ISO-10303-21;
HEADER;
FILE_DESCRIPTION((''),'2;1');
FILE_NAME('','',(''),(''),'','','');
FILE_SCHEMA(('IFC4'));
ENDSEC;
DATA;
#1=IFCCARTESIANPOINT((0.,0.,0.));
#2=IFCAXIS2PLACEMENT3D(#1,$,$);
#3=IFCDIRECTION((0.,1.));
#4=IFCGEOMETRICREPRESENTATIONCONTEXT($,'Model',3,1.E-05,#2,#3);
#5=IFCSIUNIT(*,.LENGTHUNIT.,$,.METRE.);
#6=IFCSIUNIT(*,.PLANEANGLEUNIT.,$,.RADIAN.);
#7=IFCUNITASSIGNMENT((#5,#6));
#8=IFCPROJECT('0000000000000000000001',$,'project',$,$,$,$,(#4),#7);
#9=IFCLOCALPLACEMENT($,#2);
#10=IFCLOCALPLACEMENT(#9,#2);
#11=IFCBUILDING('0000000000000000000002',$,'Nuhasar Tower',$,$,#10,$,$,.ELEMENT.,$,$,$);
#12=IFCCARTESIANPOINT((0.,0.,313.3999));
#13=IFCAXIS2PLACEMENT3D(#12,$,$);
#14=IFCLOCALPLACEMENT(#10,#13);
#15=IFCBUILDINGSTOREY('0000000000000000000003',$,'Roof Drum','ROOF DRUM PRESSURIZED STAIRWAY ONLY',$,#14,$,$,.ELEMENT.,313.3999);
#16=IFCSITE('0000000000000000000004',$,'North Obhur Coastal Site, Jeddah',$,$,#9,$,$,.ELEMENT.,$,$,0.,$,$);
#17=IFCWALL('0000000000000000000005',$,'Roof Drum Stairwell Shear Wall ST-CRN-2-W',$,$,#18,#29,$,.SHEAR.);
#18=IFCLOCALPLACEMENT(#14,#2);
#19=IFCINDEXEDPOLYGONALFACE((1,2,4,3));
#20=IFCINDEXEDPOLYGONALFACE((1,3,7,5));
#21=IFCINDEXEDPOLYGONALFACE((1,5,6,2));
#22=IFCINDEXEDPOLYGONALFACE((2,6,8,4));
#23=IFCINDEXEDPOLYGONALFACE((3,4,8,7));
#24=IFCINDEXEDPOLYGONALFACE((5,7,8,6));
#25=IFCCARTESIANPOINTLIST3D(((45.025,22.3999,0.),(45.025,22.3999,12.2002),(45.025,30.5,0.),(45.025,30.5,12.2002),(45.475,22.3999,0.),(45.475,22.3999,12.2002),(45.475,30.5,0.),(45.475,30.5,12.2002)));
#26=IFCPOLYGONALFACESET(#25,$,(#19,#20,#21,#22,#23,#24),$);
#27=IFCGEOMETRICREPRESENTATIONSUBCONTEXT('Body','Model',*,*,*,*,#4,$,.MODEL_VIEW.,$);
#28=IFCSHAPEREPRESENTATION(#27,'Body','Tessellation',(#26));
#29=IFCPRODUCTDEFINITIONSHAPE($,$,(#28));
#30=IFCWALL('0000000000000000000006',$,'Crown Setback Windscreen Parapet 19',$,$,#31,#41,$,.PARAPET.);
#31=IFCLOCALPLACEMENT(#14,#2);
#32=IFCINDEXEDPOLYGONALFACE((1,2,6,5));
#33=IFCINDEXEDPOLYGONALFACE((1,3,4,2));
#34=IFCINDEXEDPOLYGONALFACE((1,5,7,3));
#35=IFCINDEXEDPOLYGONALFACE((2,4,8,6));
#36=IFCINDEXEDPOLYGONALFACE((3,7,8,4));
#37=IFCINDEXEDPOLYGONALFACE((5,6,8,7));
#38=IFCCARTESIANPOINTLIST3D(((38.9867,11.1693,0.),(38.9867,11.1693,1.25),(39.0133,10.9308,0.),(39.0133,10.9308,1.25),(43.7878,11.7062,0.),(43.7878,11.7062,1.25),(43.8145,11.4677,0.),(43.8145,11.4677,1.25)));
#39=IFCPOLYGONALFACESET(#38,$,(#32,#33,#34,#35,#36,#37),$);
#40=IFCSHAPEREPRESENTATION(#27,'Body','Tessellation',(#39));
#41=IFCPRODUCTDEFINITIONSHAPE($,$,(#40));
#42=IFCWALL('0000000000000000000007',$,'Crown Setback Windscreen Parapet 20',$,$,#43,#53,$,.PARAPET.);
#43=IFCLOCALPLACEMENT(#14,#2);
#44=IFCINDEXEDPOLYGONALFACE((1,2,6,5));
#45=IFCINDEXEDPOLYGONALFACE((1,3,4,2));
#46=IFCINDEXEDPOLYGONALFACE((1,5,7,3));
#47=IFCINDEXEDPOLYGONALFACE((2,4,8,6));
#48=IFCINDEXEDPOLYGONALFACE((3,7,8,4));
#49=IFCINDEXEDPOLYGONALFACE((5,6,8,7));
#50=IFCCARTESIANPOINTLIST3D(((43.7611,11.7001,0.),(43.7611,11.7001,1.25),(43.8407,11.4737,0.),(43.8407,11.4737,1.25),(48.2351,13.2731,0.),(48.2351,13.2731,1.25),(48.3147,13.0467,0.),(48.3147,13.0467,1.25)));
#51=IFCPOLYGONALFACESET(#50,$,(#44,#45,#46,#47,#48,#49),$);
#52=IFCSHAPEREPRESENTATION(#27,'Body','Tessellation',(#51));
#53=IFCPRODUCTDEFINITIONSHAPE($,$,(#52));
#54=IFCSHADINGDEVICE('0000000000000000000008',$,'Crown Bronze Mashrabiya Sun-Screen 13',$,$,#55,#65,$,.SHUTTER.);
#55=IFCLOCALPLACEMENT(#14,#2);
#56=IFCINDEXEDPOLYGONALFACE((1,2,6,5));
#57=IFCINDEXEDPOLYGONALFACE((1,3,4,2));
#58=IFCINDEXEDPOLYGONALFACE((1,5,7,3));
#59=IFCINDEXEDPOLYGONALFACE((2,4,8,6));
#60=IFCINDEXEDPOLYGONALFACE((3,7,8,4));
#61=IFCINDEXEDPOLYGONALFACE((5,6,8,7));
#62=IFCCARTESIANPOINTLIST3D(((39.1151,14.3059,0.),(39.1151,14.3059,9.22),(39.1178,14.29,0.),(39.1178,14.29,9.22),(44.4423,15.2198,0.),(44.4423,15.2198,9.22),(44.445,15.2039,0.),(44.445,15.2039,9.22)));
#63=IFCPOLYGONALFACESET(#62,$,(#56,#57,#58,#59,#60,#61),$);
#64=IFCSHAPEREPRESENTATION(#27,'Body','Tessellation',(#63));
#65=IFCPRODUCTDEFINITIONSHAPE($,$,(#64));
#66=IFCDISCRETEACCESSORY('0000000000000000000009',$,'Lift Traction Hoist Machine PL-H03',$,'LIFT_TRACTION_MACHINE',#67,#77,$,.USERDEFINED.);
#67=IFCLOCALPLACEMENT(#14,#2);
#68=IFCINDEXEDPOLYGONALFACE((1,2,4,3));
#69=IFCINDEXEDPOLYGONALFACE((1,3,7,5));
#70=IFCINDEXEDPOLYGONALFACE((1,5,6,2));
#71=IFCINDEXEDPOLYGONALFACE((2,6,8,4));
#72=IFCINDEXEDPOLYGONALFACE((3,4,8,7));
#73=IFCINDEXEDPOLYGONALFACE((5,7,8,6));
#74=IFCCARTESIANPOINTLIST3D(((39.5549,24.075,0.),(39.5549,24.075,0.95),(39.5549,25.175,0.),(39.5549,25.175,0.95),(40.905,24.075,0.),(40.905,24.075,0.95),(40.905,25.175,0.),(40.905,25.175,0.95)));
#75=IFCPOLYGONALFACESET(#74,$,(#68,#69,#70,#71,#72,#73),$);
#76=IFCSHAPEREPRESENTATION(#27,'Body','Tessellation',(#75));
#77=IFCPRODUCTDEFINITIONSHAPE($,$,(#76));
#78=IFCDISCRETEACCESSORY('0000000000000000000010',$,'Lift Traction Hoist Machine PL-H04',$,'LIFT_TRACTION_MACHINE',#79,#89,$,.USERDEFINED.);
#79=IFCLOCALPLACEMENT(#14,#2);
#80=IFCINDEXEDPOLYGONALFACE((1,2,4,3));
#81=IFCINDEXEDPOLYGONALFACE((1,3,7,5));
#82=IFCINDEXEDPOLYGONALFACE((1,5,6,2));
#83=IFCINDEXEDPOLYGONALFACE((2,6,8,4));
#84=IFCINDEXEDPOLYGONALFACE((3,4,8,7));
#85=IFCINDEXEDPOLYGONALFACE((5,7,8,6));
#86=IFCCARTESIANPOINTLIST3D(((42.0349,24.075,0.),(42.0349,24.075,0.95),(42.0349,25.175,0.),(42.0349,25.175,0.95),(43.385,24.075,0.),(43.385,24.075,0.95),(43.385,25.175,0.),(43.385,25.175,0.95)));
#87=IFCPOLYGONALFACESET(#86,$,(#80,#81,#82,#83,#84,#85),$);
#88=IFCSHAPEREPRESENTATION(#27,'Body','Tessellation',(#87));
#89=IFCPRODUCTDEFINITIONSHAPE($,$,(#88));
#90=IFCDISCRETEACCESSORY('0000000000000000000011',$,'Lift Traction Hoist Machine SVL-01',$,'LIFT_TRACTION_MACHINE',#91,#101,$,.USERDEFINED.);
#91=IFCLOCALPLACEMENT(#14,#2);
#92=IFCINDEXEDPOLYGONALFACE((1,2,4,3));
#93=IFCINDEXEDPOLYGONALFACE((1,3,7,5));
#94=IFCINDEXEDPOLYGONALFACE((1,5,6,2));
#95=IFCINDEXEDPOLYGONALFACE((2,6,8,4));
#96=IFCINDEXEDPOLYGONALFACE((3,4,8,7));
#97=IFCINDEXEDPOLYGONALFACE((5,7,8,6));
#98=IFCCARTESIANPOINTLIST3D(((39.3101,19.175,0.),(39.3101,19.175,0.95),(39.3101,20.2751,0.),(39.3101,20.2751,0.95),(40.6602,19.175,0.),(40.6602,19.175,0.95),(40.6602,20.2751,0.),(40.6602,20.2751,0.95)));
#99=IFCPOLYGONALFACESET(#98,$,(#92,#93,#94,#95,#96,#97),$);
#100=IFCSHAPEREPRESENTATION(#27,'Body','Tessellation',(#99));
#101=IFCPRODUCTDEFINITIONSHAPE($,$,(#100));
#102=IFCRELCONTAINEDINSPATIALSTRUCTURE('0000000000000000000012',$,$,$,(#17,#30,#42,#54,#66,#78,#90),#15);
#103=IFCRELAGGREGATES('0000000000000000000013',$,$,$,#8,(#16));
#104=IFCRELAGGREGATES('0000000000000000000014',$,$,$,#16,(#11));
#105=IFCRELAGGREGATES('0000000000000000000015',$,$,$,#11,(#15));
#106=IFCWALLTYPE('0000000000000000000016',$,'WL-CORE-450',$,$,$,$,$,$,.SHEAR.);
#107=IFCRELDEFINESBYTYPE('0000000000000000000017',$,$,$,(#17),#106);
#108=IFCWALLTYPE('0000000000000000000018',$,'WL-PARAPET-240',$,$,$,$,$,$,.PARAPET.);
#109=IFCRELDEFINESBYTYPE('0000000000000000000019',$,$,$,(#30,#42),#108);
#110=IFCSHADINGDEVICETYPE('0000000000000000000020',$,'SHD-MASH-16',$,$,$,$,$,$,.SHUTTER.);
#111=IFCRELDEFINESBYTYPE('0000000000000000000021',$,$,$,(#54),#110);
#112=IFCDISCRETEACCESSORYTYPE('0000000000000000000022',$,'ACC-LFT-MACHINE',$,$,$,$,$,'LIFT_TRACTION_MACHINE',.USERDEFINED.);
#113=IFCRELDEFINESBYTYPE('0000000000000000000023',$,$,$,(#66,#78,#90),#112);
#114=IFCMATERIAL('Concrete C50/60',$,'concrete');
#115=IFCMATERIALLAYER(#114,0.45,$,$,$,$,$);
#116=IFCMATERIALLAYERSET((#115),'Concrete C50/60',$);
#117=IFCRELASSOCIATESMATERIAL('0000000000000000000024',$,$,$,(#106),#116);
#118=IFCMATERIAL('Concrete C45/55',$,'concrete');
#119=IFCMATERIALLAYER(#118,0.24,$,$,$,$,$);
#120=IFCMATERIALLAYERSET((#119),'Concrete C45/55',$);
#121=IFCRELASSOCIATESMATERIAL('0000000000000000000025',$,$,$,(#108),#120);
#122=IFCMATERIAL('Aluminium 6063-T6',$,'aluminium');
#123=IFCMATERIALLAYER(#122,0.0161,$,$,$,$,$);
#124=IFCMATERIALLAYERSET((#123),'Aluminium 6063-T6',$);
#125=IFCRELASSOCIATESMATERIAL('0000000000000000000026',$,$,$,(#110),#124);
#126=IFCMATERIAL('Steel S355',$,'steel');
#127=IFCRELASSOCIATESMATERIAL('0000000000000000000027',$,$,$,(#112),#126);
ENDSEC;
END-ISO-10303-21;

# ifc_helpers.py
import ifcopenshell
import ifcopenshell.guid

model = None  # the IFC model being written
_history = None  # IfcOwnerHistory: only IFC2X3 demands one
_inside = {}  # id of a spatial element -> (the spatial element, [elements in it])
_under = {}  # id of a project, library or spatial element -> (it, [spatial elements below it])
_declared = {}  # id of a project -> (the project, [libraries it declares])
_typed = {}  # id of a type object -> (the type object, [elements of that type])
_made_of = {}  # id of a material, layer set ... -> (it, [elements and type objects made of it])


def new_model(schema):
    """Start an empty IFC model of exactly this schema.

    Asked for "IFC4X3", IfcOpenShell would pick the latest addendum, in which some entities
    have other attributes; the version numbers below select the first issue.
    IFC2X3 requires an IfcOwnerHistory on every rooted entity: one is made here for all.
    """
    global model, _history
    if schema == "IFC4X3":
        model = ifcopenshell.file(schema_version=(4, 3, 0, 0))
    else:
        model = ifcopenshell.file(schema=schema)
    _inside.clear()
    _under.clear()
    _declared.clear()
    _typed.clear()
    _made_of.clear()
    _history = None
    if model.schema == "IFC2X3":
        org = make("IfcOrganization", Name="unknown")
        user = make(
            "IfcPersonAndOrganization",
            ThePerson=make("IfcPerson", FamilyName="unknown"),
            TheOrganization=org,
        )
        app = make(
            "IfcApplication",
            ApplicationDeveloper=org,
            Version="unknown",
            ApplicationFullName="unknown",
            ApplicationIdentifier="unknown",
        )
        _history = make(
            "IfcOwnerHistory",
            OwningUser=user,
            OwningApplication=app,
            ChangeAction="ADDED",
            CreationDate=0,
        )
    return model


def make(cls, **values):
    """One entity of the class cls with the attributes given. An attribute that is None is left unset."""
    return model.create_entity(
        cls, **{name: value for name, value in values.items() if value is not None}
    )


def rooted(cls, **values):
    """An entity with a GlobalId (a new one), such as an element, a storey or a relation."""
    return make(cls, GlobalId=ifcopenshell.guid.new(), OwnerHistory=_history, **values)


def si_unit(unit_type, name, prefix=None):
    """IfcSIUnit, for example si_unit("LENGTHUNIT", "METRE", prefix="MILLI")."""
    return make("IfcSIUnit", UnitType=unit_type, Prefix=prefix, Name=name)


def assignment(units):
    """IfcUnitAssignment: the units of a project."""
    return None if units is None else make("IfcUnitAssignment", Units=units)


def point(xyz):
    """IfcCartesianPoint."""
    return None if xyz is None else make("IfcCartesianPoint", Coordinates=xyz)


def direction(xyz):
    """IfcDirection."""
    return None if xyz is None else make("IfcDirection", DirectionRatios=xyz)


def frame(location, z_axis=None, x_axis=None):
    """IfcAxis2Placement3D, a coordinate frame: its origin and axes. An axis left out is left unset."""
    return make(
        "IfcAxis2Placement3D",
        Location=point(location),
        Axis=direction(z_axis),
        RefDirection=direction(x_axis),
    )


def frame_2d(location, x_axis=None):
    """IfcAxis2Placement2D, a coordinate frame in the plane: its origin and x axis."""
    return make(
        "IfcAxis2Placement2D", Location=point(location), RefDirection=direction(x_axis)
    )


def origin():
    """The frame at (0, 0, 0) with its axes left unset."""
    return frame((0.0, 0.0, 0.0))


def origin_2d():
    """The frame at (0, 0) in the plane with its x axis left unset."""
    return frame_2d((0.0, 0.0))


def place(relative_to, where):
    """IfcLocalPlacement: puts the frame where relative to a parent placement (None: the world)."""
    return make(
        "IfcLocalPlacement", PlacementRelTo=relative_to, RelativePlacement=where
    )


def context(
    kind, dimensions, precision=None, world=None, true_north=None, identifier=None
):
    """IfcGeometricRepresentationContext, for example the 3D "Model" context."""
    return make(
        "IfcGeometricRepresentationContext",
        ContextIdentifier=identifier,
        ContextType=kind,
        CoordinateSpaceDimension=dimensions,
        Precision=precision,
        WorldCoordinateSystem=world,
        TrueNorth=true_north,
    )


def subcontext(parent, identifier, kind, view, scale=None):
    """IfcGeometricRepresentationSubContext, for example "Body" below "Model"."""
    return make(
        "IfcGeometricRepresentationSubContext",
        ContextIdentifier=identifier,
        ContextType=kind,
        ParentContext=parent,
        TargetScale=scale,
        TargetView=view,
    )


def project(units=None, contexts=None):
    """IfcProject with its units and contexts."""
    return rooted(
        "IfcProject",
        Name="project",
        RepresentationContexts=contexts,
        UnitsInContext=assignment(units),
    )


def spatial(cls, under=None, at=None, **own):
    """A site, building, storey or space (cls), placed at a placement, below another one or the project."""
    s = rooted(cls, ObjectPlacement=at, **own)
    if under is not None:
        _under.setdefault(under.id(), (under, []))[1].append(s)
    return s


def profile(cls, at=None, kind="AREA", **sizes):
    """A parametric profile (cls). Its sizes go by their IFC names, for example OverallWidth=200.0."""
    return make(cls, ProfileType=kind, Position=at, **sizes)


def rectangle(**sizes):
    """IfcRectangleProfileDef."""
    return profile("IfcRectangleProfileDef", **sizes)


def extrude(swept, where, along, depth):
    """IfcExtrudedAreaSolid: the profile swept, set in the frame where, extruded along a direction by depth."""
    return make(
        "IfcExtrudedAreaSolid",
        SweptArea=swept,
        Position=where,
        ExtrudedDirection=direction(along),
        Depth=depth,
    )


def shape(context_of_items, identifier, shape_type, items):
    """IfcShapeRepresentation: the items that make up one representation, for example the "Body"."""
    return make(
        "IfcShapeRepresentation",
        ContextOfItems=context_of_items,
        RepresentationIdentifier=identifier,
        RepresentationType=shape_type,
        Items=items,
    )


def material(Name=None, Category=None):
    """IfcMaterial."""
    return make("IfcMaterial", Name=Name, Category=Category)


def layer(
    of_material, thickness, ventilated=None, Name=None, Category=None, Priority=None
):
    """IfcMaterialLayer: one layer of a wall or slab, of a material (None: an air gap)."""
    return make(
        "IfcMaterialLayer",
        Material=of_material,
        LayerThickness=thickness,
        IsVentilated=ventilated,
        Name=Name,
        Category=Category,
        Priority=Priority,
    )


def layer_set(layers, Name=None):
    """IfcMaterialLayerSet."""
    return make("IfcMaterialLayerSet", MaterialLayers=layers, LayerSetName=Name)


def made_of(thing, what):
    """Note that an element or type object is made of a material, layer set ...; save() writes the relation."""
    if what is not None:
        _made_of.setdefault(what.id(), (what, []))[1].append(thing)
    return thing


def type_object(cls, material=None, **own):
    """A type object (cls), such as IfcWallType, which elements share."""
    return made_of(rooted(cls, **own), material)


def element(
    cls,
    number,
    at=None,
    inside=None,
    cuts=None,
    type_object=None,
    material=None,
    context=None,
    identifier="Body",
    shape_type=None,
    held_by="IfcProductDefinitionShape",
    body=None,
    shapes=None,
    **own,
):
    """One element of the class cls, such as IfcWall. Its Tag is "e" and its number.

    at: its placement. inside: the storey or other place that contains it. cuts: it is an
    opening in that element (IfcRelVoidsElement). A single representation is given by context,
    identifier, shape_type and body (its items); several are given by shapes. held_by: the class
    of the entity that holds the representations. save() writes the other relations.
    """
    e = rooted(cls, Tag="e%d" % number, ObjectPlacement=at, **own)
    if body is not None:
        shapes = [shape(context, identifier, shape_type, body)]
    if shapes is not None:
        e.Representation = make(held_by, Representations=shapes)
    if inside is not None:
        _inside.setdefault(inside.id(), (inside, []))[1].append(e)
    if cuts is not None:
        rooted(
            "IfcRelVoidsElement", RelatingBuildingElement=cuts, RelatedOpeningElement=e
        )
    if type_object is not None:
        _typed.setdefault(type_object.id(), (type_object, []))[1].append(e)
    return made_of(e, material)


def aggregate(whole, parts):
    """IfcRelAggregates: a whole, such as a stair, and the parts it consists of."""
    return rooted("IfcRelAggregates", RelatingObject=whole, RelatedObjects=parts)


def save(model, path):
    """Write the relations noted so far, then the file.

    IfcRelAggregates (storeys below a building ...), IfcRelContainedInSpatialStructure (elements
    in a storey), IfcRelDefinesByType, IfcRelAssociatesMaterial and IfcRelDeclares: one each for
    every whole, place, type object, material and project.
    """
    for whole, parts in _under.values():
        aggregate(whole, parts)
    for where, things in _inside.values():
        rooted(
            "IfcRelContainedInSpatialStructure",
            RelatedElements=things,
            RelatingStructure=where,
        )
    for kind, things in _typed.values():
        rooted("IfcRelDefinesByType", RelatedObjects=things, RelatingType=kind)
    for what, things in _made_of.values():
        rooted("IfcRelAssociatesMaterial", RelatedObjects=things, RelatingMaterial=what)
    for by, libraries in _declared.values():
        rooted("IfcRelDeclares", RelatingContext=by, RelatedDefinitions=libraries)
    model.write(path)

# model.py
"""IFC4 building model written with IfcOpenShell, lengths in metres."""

from ifc_helpers import new_model, si_unit, direction, frame, frame_2d, origin, origin_2d, place, context, subcontext, project, spatial, rectangle, extrude, material, layer, layer_set, type_object, element, save


model = new_model("IFC4")

# Units and contexts
model_context = context("Model", 3, precision=1e-05, world=origin(), true_north=direction((0.0, 1.0)))
body_context = subcontext(model_context, "Body", "Model", "MODEL_VIEW")
ifc_project = project(units=[si_unit("LENGTHUNIT", "METRE"), si_unit("PLANEANGLEUNIT", "RADIAN")], contexts=[model_context])

# Site, building, storey
site_placement = place(None, origin())
site = spatial("IfcSite", under=ifc_project, at=site_placement, Name="North Obhur Coastal Site, Jeddah", CompositionType="ELEMENT", RefElevation=0.0)
building_placement = place(site_placement, origin())
building = spatial("IfcBuilding", under=site, at=building_placement, Name="Nuhasar Tower", CompositionType="ELEMENT")
storey_placement = place(building_placement, frame((0.0, 0.0, 313.3999)))
storey = spatial("IfcBuildingStorey", under=building, at=storey_placement, Name="Roof Drum", Description="ROOF DRUM PRESSURIZED STAIRWAY ONLY", CompositionType="ELEMENT", Elevation=313.3999)

# Shared definitions
ifc_material_1 = material(Name="Steel S355", Category="steel")
ifc_material_2 = material(Name="Concrete C50/60", Category="concrete")

# Shared definitions
ifc_material_3 = material(Name="Aluminium 6063-T6", Category="aluminium")

# Walls
ifc_layer_1 = layer(ifc_material_2, 0.45)
ifc_layer_set_1 = layer_set([ifc_layer_1], Name="Concrete C50/60")
wall_type_1 = type_object("IfcWallType", Name="WL-CORE-450", PredefinedType="SHEAR", material=ifc_layer_set_1)
wall_1_placement = place(storey_placement, frame((45.25, 22.3999, 0.0), z_axis=(0.0, 0.0, 1.0), x_axis=(0.0, 1.0, 0.0)))
element("IfcWall", 1, at=wall_1_placement, inside=storey, type_object=wall_type_1, Name="Roof Drum Stairwell Shear Wall ST-CRN-2-W", PredefinedType="SHEAR", context=body_context, shape_type="SweptSolid", body=[
    extrude(rectangle(XDim=8.1001, YDim=0.45, at=frame_2d((4.05, 0.0))), origin(), (0.0, 0.0, 1.0), 12.2002),
])
ifc_material_4 = material(Name="Concrete C45/55", Category="concrete")
ifc_layer_2 = layer(ifc_material_4, 0.24)
ifc_layer_set_2 = layer_set([ifc_layer_2], Name="Concrete C45/55")
wall_type_2 = type_object("IfcWallType", Name="WL-PARAPET-240", PredefinedType="PARAPET", material=ifc_layer_set_2)
wall_2_placement = place(storey_placement, frame((39.0, 11.05, 0.0), z_axis=(0.0, 0.0, 1.0), x_axis=(0.993806, 0.11113, 0.0)))
element("IfcWall", 2, at=wall_2_placement, inside=storey, type_object=wall_type_2, Name="Crown Setback Windscreen Parapet 19", PredefinedType="PARAPET", context=body_context, shape_type="SweptSolid", body=[
    extrude(rectangle(XDim=4.8311, YDim=0.24, at=frame_2d((2.4155, 0.0))), origin(), (0.0, 0.0, 1.0), 1.25),
])
wall_3_placement = place(storey_placement, frame((43.801, 11.5869, 0.0), z_axis=(0.0, 0.0, 1.0), x_axis=(0.943388, 0.331692, 0.0)))
element("IfcWall", 3, at=wall_3_placement, inside=storey, type_object=wall_type_2, Name="Crown Setback Windscreen Parapet 20", PredefinedType="PARAPET", context=body_context, shape_type="SweptSolid", body=[
    extrude(rectangle(XDim=4.7424, YDim=0.24, at=frame_2d((2.3711, 0.0))), origin(), (0.0, 0.0, 1.0), 1.25),
])

# Shading device
ifc_layer_3 = layer(ifc_material_3, 0.0161)
ifc_layer_set_3 = layer_set([ifc_layer_3], Name="Aluminium 6063-T6")
shading_device_type = type_object("IfcShadingDeviceType", Name="SHD-MASH-16", PredefinedType="SHUTTER", material=ifc_layer_set_3)
shading_device_placement = place(storey_placement, frame((41.78, 14.7549, 0.0), z_axis=(0.0, 0.0, 1.0), x_axis=(0.9856, 0.169091, 0.0)))
element("IfcShadingDevice", 4, at=shading_device_placement, inside=storey, type_object=shading_device_type, Name="Crown Bronze Mashrabiya Sun-Screen 13", PredefinedType="SHUTTER", context=body_context, shape_type="SweptSolid", body=[
    extrude(rectangle(XDim=5.405, YDim=0.0161, at=origin_2d()), origin(), (0.0, 0.0, 1.0), 9.22),
])

# Discrete accessories
discrete_accessory_type = type_object("IfcDiscreteAccessoryType", Name="ACC-LFT-MACHINE", ElementType="LIFT_TRACTION_MACHINE", PredefinedType="USERDEFINED", material=ifc_material_1)
for number, where, z_axis, x_axis, name in (
    (5, (40.23, 24.625, 0.0), (0.0, 0.0, 1.0), (1.0, 0.0, 0.0), "Lift Traction Hoist Machine PL-H03"),
    (6, (42.71, 24.625, 0.0), (0.0, 0.0, 1.0), (1.0, 0.0, 0.0), "Lift Traction Hoist Machine PL-H04"),
    (7, (39.9851, 19.7251, 0.0), (0.0, 0.0, 1.0), (1.0, 0.0, 0.0), "Lift Traction Hoist Machine SVL-01"),
):
    element("IfcDiscreteAccessory", number, at=place(storey_placement, frame(where, z_axis=z_axis, x_axis=x_axis)), inside=storey, type_object=discrete_accessory_type, Name=name, ObjectType="LIFT_TRACTION_MACHINE", PredefinedType="USERDEFINED", context=body_context, shape_type="SweptSolid", body=[
        extrude(rectangle(XDim=1.3501, YDim=1.1001, at=origin_2d()), origin(), (0.0, 0.0, 1.0), 0.95),
    ])

save(model, "model.ifc")
